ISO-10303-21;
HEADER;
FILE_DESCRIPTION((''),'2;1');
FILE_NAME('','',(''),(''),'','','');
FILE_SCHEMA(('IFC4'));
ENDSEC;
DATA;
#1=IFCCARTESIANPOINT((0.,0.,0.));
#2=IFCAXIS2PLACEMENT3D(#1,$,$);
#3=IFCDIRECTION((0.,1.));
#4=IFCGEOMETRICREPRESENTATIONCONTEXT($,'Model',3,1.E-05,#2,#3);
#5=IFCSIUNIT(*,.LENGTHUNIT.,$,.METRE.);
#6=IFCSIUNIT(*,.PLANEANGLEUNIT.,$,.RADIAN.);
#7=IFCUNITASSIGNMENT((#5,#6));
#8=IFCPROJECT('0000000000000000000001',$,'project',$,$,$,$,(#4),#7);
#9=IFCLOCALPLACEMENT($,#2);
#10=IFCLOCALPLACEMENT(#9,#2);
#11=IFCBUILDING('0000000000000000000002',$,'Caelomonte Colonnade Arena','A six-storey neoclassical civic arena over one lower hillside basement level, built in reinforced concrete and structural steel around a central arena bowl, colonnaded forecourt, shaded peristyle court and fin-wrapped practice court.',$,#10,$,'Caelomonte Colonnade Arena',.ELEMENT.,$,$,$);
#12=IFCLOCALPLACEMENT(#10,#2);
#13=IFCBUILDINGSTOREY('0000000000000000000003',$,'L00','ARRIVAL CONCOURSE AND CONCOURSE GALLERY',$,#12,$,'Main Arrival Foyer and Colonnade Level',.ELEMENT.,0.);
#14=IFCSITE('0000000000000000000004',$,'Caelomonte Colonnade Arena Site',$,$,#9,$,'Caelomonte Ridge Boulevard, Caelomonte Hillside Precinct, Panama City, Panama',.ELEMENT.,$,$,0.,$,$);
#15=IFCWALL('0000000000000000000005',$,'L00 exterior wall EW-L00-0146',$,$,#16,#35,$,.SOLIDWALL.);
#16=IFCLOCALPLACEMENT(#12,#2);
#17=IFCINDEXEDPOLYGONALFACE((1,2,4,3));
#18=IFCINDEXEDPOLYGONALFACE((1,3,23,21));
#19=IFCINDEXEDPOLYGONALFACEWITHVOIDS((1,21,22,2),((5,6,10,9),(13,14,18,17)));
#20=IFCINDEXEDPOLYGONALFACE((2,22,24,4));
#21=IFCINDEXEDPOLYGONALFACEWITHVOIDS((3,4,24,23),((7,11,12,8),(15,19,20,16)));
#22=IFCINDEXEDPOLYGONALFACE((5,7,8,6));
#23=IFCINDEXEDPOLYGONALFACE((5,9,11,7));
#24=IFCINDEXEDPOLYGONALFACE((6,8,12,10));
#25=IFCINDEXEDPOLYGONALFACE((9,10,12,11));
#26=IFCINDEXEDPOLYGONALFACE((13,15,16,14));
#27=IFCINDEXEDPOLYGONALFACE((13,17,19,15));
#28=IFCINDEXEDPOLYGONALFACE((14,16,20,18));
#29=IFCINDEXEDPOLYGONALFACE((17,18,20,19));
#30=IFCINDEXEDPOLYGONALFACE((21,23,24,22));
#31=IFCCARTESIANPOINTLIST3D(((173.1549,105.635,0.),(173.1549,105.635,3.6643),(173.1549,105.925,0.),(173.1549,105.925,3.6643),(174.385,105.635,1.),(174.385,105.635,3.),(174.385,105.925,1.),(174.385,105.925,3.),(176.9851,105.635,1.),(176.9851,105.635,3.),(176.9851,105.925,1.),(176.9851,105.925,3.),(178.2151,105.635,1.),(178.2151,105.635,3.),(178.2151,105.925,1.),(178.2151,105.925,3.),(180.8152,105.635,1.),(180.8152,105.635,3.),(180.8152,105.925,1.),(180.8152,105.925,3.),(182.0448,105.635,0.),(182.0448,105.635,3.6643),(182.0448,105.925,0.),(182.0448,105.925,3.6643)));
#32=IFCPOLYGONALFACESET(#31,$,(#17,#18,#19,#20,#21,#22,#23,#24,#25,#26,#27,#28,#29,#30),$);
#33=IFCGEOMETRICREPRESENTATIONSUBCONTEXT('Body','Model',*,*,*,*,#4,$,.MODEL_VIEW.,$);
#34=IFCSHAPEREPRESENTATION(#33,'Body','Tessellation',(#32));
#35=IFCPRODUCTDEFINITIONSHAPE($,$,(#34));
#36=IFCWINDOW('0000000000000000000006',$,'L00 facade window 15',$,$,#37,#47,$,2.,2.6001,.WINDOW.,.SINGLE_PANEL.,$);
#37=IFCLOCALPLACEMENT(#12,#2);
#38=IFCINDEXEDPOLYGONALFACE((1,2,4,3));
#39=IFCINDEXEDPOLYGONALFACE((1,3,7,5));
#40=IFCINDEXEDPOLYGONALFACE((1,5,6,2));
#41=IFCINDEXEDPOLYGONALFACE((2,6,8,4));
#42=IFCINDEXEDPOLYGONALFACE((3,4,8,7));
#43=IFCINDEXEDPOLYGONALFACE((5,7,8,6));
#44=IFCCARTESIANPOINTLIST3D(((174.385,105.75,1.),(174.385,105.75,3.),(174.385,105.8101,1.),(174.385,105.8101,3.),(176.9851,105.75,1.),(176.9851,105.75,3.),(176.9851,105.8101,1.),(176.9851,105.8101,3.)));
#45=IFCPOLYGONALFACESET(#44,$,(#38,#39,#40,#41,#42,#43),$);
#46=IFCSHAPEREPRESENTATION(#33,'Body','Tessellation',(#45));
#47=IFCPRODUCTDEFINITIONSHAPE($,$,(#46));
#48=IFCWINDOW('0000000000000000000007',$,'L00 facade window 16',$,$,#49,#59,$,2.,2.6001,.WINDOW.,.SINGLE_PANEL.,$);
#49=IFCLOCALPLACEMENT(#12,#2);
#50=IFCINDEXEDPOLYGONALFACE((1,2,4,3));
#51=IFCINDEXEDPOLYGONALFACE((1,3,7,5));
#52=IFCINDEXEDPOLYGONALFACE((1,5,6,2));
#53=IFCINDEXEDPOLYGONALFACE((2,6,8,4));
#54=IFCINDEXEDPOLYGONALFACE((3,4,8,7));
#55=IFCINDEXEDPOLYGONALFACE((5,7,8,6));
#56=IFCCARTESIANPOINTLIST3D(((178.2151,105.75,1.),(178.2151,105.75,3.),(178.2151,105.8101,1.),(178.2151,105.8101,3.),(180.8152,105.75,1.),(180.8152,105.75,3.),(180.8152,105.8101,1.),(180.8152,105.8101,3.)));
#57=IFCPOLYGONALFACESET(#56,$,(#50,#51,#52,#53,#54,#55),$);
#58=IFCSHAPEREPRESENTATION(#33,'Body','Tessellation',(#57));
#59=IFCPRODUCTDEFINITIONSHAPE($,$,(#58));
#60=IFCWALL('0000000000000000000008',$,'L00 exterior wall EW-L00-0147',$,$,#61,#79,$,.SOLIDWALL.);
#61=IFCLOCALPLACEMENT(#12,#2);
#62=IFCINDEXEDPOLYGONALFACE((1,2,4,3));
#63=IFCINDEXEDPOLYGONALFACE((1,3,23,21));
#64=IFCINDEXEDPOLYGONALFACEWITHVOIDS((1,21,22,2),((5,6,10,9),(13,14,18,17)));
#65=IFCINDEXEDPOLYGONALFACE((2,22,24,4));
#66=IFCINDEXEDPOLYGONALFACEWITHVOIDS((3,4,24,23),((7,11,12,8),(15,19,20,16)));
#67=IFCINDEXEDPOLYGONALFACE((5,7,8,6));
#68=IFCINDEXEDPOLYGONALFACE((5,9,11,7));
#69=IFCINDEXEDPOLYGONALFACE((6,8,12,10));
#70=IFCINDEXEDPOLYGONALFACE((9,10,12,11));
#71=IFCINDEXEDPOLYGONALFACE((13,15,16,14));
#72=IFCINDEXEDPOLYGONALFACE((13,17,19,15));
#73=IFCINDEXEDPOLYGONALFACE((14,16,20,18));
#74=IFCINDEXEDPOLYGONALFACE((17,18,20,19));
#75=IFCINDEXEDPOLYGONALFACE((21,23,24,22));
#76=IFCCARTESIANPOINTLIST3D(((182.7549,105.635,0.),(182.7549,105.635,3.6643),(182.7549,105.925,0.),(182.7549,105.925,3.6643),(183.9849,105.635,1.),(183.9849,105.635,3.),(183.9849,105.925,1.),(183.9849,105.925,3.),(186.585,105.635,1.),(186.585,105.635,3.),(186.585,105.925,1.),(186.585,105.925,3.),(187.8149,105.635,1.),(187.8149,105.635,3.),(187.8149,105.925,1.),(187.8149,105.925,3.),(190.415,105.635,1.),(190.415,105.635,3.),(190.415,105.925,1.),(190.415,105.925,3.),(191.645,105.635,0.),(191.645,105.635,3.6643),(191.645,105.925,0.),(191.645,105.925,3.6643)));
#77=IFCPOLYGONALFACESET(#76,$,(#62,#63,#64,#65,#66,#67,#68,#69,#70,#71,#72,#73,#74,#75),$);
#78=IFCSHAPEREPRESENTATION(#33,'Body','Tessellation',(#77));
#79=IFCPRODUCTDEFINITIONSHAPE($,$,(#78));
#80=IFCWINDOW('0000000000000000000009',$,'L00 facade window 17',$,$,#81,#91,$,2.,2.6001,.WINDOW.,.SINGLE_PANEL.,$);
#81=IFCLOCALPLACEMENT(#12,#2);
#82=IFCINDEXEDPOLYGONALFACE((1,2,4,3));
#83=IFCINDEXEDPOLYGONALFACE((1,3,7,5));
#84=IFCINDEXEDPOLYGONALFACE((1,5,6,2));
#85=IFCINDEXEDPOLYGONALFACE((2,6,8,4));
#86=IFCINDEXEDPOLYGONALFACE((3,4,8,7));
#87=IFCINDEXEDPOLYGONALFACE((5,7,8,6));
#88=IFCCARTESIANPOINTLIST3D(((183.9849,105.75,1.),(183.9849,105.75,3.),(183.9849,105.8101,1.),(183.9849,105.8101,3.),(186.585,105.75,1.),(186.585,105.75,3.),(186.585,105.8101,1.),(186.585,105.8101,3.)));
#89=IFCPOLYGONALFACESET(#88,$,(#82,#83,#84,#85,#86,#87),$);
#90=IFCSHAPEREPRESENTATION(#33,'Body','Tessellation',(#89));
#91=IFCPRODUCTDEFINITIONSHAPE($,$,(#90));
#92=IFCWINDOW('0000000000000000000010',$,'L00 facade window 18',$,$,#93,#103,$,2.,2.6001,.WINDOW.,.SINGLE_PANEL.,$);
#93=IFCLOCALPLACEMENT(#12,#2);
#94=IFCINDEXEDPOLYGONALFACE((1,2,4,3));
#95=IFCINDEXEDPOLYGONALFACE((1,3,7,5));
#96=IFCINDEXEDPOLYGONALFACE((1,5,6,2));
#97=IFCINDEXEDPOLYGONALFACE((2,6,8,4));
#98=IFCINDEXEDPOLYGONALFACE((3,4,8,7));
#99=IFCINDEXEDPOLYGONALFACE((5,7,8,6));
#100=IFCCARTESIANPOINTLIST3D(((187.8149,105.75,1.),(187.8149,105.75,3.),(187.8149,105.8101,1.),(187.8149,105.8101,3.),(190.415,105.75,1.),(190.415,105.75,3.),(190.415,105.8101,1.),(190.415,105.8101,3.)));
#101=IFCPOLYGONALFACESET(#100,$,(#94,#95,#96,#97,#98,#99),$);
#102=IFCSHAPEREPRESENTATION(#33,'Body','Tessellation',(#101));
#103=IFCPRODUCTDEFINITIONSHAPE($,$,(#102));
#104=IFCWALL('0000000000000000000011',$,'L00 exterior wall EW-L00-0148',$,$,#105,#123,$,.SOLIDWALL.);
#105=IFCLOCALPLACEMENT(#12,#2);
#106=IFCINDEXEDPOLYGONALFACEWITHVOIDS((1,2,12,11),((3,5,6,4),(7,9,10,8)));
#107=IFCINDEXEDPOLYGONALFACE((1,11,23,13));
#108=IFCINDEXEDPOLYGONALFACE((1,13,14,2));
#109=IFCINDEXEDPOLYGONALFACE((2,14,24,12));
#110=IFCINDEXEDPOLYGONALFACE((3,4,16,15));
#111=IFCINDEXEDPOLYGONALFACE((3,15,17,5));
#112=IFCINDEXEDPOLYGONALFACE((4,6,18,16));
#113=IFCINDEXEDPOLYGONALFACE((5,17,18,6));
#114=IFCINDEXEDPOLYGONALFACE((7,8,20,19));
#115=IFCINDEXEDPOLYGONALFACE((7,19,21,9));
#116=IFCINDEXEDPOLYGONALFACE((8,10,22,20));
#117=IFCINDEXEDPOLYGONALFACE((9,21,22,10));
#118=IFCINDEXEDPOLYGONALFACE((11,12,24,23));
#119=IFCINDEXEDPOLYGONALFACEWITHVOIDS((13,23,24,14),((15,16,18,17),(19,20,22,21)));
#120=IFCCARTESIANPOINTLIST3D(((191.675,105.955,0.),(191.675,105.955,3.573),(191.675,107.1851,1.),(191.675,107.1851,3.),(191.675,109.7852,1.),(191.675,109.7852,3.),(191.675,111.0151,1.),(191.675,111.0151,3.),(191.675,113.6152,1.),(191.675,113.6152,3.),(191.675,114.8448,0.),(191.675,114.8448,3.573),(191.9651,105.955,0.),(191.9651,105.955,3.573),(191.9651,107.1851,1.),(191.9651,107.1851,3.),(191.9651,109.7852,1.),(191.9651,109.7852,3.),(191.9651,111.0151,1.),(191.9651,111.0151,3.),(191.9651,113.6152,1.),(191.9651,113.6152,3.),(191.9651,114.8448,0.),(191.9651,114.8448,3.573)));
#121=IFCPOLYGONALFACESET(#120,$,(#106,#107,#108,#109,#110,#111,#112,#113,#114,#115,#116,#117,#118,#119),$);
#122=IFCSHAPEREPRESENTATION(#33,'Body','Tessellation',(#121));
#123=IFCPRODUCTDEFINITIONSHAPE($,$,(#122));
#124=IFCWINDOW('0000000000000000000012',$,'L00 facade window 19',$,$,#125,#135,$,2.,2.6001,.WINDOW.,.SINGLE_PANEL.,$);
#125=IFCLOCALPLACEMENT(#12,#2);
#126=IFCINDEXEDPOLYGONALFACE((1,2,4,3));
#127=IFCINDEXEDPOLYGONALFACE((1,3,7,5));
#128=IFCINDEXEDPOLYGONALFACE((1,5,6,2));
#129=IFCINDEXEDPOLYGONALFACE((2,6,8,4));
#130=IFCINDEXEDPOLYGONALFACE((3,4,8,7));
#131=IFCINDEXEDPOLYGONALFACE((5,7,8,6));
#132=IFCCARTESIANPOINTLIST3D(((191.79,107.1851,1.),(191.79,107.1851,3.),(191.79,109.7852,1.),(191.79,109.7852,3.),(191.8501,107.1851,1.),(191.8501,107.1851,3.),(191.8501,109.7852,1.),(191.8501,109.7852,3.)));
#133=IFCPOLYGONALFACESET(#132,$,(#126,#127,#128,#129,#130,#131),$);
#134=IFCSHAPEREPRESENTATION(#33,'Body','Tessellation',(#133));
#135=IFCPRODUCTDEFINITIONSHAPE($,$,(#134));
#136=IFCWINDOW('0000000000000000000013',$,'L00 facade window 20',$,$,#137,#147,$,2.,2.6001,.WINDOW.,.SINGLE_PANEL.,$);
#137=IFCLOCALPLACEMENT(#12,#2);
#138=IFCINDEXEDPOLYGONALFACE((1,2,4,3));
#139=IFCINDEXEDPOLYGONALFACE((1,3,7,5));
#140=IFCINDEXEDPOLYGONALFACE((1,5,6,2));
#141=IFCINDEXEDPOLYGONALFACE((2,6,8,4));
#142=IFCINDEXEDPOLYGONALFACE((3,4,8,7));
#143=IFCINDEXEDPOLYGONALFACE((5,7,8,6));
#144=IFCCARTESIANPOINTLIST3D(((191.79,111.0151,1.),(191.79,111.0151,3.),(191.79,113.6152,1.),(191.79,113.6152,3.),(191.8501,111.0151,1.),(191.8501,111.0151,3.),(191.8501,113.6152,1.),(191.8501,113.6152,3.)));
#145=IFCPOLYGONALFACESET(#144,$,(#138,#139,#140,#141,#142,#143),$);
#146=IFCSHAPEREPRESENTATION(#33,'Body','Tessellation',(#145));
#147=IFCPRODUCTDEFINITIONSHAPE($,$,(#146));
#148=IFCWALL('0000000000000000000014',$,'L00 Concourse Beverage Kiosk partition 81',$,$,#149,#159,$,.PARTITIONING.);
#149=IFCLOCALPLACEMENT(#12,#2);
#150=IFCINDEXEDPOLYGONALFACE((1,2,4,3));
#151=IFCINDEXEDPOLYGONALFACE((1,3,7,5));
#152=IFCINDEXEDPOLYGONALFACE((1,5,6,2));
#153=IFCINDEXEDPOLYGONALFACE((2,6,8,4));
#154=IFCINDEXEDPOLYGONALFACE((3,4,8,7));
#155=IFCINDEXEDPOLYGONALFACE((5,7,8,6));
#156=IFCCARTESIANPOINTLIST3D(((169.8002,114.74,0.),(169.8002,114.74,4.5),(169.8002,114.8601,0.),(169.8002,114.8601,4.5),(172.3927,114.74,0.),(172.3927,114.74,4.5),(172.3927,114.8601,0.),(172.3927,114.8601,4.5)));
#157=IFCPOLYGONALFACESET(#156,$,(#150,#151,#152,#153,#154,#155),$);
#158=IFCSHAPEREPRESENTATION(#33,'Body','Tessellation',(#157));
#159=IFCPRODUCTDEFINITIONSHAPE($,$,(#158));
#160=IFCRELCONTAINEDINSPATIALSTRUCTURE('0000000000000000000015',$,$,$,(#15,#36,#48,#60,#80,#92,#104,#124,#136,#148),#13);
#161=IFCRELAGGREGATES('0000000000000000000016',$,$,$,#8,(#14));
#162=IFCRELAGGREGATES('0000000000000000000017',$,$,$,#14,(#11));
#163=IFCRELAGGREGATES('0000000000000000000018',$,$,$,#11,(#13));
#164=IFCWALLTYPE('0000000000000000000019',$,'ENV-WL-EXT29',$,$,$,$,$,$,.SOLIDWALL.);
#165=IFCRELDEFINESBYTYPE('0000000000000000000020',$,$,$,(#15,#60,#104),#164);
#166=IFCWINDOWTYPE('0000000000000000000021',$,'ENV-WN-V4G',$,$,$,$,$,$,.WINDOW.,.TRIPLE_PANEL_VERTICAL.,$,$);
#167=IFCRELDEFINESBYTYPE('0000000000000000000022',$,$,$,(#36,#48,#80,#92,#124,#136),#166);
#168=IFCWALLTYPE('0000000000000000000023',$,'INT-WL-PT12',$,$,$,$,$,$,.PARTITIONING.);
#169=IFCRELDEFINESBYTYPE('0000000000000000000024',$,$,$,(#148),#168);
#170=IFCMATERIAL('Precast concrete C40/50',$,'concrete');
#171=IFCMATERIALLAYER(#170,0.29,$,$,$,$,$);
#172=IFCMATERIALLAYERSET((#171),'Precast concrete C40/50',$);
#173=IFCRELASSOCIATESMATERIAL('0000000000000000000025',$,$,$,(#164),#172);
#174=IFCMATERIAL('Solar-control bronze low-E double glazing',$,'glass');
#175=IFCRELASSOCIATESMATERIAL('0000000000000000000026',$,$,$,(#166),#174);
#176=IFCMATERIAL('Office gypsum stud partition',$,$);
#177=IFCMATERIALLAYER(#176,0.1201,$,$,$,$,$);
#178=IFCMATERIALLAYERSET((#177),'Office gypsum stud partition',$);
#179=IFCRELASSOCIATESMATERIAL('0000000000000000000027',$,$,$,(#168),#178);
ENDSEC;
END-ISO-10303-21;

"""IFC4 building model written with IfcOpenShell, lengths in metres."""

from ifc_helpers import new_model, si_unit, direction, frame, frame_2d, origin, place, context, subcontext, project, spatial, rectangle, extrude, material, layer, layer_set, type_object, element, fill, save


model = new_model("IFC4")

# Units and contexts
model_context = context("Model", 3, precision=1e-05, world=origin(), true_north=direction((0.0, 1.0)))
body_context = subcontext(model_context, "Body", "Model", "MODEL_VIEW")
ifc_project = project(units=[si_unit("LENGTHUNIT", "METRE"), si_unit("PLANEANGLEUNIT", "RADIAN")], contexts=[model_context])

# Site, building, storey
site_placement = place(None, origin())
site = spatial("IfcSite", under=ifc_project, at=site_placement, Name="Caelomonte Colonnade Arena Site", LongName="Caelomonte Ridge Boulevard, Caelomonte Hillside Precinct, Panama City, Panama", CompositionType="ELEMENT", RefElevation=0.0)
building_placement = place(site_placement, origin())
building = spatial("IfcBuilding", under=site, at=building_placement, Name="Caelomonte Colonnade Arena", Description="A six-storey neoclassical civic arena over one lower hillside basement level, built in reinforced concrete and structural steel around a central arena bowl, colonnaded forecourt, shaded peristyle court and fin-wrapped practice court.", LongName="Caelomonte Colonnade Arena", CompositionType="ELEMENT")
storey_placement = place(building_placement, origin())
storey = spatial("IfcBuildingStorey", under=building, at=storey_placement, Name="L00", Description="ARRIVAL CONCOURSE AND CONCOURSE GALLERY", LongName="Main Arrival Foyer and Colonnade Level", CompositionType="ELEMENT", Elevation=0.0)

# Shared definitions
ifc_material_1 = material(Name="Solar-control bronze low-E double glazing", Category="glass")

# Walls, openings, windows
ifc_material_2 = material(Name="Precast concrete C40/50", Category="concrete")
ifc_layer_1 = layer(ifc_material_2, 0.29)
ifc_layer_set_1 = layer_set([ifc_layer_1], Name="Precast concrete C40/50")
wall_type_1 = type_object("IfcWallType", Name="ENV-WL-EXT29", PredefinedType="SOLIDWALL", material=ifc_layer_set_1)
wall_1_placement = place(storey_placement, frame((173.155, 105.78, 0.0), z_axis=(0.0, 0.0, 1.0), x_axis=(1.0, 0.0, 0.0)))
wall_1 = element("IfcWall", 1, at=wall_1_placement, inside=storey, type_object=wall_type_1, Name="L00 exterior wall EW-L00-0146", PredefinedType="SOLIDWALL", context=body_context, shape_type="SweptSolid", body=[
    extrude(rectangle(XDim=8.8899, YDim=0.29, at=frame_2d((4.4448, 0.0))), origin(), (0.0, 0.0, 1.0), 3.6643),
])
opening_1_placement = place(wall_1_placement, frame((3.8301, 0.0, 1.0), z_axis=(0.0, 0.0, 1.0), x_axis=(-1.0, 0.0, 0.0)))
opening_1 = element("IfcOpeningElement", 2, at=opening_1_placement, cuts=wall_1, PredefinedType="OPENING", context=body_context, shape_type="SweptSolid", body=[
    extrude(rectangle(XDim=2.6001, YDim=2.0, at=frame_2d((1.3, 1.0))), frame((0.0, 0.155, 0.0), z_axis=(0.0, -1.0, 0.0), x_axis=(1.0, 0.0, 0.0)), (0.0, 0.0, 1.0), 0.3101),
])
opening_2_placement = place(wall_1_placement, frame((7.6602, 0.0, 1.0), z_axis=(0.0, 0.0, 1.0), x_axis=(-1.0, 0.0, 0.0)))
opening_2 = element("IfcOpeningElement", 3, at=opening_2_placement, cuts=wall_1, PredefinedType="OPENING", context=body_context, shape_type="SweptSolid", body=[
    extrude(rectangle(XDim=2.6001, YDim=2.0, at=frame_2d((1.3, 1.0))), frame((0.0, 0.155, 0.0), z_axis=(0.0, -1.0, 0.0), x_axis=(1.0, 0.0, 0.0)), (0.0, 0.0, 1.0), 0.3101),
])
window_type = type_object("IfcWindowType", Name="ENV-WN-V4G", PartitioningType="TRIPLE_PANEL_VERTICAL", PredefinedType="WINDOW", material=ifc_material_1)
window_1_placement = place(opening_1_placement, origin())
window_1 = element("IfcWindow", 4, at=window_1_placement, inside=storey, type_object=window_type, Name="L00 facade window 15", OverallHeight=2.0, OverallWidth=2.6001, PartitioningType="SINGLE_PANEL", PredefinedType="WINDOW", context=body_context, shape_type="SweptSolid", body=[
    extrude(rectangle(XDim=2.6001, YDim=2.0, at=frame_2d((1.3, 1.0))), frame((0.0, 0.03, 0.0), z_axis=(0.0, -1.0, 0.0), x_axis=(1.0, 0.0, 0.0)), (0.0, 0.0, 1.0), 0.0601),
])
fill(opening_1, window_1)
window_2_placement = place(opening_2_placement, origin())
window_2 = element("IfcWindow", 5, at=window_2_placement, inside=storey, type_object=window_type, Name="L00 facade window 16", OverallHeight=2.0, OverallWidth=2.6001, PartitioningType="SINGLE_PANEL", PredefinedType="WINDOW", context=body_context, shape_type="SweptSolid", body=[
    extrude(rectangle(XDim=2.6001, YDim=2.0, at=frame_2d((1.3, 1.0))), frame((0.0, 0.03, 0.0), z_axis=(0.0, -1.0, 0.0), x_axis=(1.0, 0.0, 0.0)), (0.0, 0.0, 1.0), 0.0601),
])
fill(opening_2, window_2)
wall_2_placement = place(storey_placement, frame((182.7549, 105.78, 0.0), z_axis=(0.0, 0.0, 1.0), x_axis=(1.0, 0.0, 0.0)))
wall_2 = element("IfcWall", 6, at=wall_2_placement, inside=storey, type_object=wall_type_1, Name="L00 exterior wall EW-L00-0147", PredefinedType="SOLIDWALL", context=body_context, shape_type="SweptSolid", body=[
    extrude(rectangle(XDim=8.8901, YDim=0.29, at=frame_2d((4.4451, 0.0))), origin(), (0.0, 0.0, 1.0), 3.6643),
])
opening_3_placement = place(wall_2_placement, frame((3.8301, 0.0, 1.0), z_axis=(0.0, 0.0, 1.0), x_axis=(-1.0, 0.0, 0.0)))
opening_3 = element("IfcOpeningElement", 7, at=opening_3_placement, cuts=wall_2, PredefinedType="OPENING", context=body_context, shape_type="SweptSolid", body=[
    extrude(rectangle(XDim=2.6001, YDim=2.0, at=frame_2d((1.3, 1.0))), frame((0.0, 0.155, 0.0), z_axis=(0.0, -1.0, 0.0), x_axis=(1.0, 0.0, 0.0)), (0.0, 0.0, 1.0), 0.3101),
])
opening_4_placement = place(wall_2_placement, frame((7.6602, 0.0, 1.0), z_axis=(0.0, 0.0, 1.0), x_axis=(-1.0, 0.0, 0.0)))
opening_4 = element("IfcOpeningElement", 8, at=opening_4_placement, cuts=wall_2, PredefinedType="OPENING", context=body_context, shape_type="SweptSolid", body=[
    extrude(rectangle(XDim=2.6001, YDim=2.0, at=frame_2d((1.3, 1.0))), frame((0.0, 0.155, 0.0), z_axis=(0.0, -1.0, 0.0), x_axis=(1.0, 0.0, 0.0)), (0.0, 0.0, 1.0), 0.3101),
])
window_3_placement = place(opening_3_placement, origin())
window_3 = element("IfcWindow", 9, at=window_3_placement, inside=storey, type_object=window_type, Name="L00 facade window 17", OverallHeight=2.0, OverallWidth=2.6001, PartitioningType="SINGLE_PANEL", PredefinedType="WINDOW", context=body_context, shape_type="SweptSolid", body=[
    extrude(rectangle(XDim=2.6001, YDim=2.0, at=frame_2d((1.3, 1.0))), frame((0.0, 0.03, 0.0), z_axis=(0.0, -1.0, 0.0), x_axis=(1.0, 0.0, 0.0)), (0.0, 0.0, 1.0), 0.0601),
])
fill(opening_3, window_3)
window_4_placement = place(opening_4_placement, origin())
window_4 = element("IfcWindow", 10, at=window_4_placement, inside=storey, type_object=window_type, Name="L00 facade window 18", OverallHeight=2.0, OverallWidth=2.6001, PartitioningType="SINGLE_PANEL", PredefinedType="WINDOW", context=body_context, shape_type="SweptSolid", body=[
    extrude(rectangle(XDim=2.6001, YDim=2.0, at=frame_2d((1.3, 1.0))), frame((0.0, 0.03, 0.0), z_axis=(0.0, -1.0, 0.0), x_axis=(1.0, 0.0, 0.0)), (0.0, 0.0, 1.0), 0.0601),
])
fill(opening_4, window_4)
wall_3_placement = place(storey_placement, frame((191.8201, 105.9551, 0.0), z_axis=(0.0, 0.0, 1.0), x_axis=(0.0, 1.0, 0.0)))
wall_3 = element("IfcWall", 11, at=wall_3_placement, inside=storey, type_object=wall_type_1, Name="L00 exterior wall EW-L00-0148", PredefinedType="SOLIDWALL", context=body_context, shape_type="SweptSolid", body=[
    extrude(rectangle(XDim=8.8899, YDim=0.29, at=frame_2d((4.4448, 0.0))), origin(), (0.0, 0.0, 1.0), 3.573),
])
opening_5_placement = place(wall_3_placement, frame((3.8301, 0.0, 1.0), z_axis=(0.0, 0.0, 1.0), x_axis=(-1.0, 0.0, 0.0)))
opening_5 = element("IfcOpeningElement", 12, at=opening_5_placement, cuts=wall_3, PredefinedType="OPENING", context=body_context, shape_type="SweptSolid", body=[
    extrude(rectangle(XDim=2.6001, YDim=2.0, at=frame_2d((1.3, 1.0))), frame((0.0, 0.155, 0.0), z_axis=(0.0, -1.0, 0.0), x_axis=(1.0, 0.0, 0.0)), (0.0, 0.0, 1.0), 0.3101),
])
opening_6_placement = place(wall_3_placement, frame((7.6602, 0.0, 1.0), z_axis=(0.0, 0.0, 1.0), x_axis=(-1.0, 0.0, 0.0)))
opening_6 = element("IfcOpeningElement", 13, at=opening_6_placement, cuts=wall_3, PredefinedType="OPENING", context=body_context, shape_type="SweptSolid", body=[
    extrude(rectangle(XDim=2.6001, YDim=2.0, at=frame_2d((1.3, 1.0))), frame((0.0, 0.155, 0.0), z_axis=(0.0, -1.0, 0.0), x_axis=(1.0, 0.0, 0.0)), (0.0, 0.0, 1.0), 0.3101),
])
window_5_placement = place(opening_5_placement, origin())
window_5 = element("IfcWindow", 14, at=window_5_placement, inside=storey, type_object=window_type, Name="L00 facade window 19", OverallHeight=2.0, OverallWidth=2.6001, PartitioningType="SINGLE_PANEL", PredefinedType="WINDOW", context=body_context, shape_type="SweptSolid", body=[
    extrude(rectangle(XDim=2.6001, YDim=2.0, at=frame_2d((1.3, 1.0))), frame((0.0, 0.03, 0.0), z_axis=(0.0, -1.0, 0.0), x_axis=(1.0, 0.0, 0.0)), (0.0, 0.0, 1.0), 0.0601),
])
fill(opening_5, window_5)
window_6_placement = place(opening_6_placement, origin())
window_6 = element("IfcWindow", 15, at=window_6_placement, inside=storey, type_object=window_type, Name="L00 facade window 20", OverallHeight=2.0, OverallWidth=2.6001, PartitioningType="SINGLE_PANEL", PredefinedType="WINDOW", context=body_context, shape_type="SweptSolid", body=[
    extrude(rectangle(XDim=2.6001, YDim=2.0, at=frame_2d((1.3, 1.0))), frame((0.0, 0.03, 0.0), z_axis=(0.0, -1.0, 0.0), x_axis=(1.0, 0.0, 0.0)), (0.0, 0.0, 1.0), 0.0601),
])
fill(opening_6, window_6)

# Wall
ifc_material_3 = material(Name="Office gypsum stud partition")
ifc_layer_2 = layer(ifc_material_3, 0.1201)
ifc_layer_set_2 = layer_set([ifc_layer_2], Name="Office gypsum stud partition")
wall_type_2 = type_object("IfcWallType", Name="INT-WL-PT12", PredefinedType="PARTITIONING", material=ifc_layer_set_2)
wall_4_placement = place(storey_placement, frame((169.8, 114.8, 0.0), z_axis=(0.0, 0.0, 1.0), x_axis=(1.0, 0.0, 0.0)))
element("IfcWall", 16, at=wall_4_placement, inside=storey, type_object=wall_type_2, Name="L00 Concourse Beverage Kiosk partition 81", PredefinedType="PARTITIONING", context=body_context, shape_type="SweptSolid", body=[
    extrude(rectangle(XDim=2.5925, YDim=0.1201, at=frame_2d((1.2964, 0.0))), origin(), (0.0, 0.0, 1.0), 4.5),
])

save(model, "model.ifc")
